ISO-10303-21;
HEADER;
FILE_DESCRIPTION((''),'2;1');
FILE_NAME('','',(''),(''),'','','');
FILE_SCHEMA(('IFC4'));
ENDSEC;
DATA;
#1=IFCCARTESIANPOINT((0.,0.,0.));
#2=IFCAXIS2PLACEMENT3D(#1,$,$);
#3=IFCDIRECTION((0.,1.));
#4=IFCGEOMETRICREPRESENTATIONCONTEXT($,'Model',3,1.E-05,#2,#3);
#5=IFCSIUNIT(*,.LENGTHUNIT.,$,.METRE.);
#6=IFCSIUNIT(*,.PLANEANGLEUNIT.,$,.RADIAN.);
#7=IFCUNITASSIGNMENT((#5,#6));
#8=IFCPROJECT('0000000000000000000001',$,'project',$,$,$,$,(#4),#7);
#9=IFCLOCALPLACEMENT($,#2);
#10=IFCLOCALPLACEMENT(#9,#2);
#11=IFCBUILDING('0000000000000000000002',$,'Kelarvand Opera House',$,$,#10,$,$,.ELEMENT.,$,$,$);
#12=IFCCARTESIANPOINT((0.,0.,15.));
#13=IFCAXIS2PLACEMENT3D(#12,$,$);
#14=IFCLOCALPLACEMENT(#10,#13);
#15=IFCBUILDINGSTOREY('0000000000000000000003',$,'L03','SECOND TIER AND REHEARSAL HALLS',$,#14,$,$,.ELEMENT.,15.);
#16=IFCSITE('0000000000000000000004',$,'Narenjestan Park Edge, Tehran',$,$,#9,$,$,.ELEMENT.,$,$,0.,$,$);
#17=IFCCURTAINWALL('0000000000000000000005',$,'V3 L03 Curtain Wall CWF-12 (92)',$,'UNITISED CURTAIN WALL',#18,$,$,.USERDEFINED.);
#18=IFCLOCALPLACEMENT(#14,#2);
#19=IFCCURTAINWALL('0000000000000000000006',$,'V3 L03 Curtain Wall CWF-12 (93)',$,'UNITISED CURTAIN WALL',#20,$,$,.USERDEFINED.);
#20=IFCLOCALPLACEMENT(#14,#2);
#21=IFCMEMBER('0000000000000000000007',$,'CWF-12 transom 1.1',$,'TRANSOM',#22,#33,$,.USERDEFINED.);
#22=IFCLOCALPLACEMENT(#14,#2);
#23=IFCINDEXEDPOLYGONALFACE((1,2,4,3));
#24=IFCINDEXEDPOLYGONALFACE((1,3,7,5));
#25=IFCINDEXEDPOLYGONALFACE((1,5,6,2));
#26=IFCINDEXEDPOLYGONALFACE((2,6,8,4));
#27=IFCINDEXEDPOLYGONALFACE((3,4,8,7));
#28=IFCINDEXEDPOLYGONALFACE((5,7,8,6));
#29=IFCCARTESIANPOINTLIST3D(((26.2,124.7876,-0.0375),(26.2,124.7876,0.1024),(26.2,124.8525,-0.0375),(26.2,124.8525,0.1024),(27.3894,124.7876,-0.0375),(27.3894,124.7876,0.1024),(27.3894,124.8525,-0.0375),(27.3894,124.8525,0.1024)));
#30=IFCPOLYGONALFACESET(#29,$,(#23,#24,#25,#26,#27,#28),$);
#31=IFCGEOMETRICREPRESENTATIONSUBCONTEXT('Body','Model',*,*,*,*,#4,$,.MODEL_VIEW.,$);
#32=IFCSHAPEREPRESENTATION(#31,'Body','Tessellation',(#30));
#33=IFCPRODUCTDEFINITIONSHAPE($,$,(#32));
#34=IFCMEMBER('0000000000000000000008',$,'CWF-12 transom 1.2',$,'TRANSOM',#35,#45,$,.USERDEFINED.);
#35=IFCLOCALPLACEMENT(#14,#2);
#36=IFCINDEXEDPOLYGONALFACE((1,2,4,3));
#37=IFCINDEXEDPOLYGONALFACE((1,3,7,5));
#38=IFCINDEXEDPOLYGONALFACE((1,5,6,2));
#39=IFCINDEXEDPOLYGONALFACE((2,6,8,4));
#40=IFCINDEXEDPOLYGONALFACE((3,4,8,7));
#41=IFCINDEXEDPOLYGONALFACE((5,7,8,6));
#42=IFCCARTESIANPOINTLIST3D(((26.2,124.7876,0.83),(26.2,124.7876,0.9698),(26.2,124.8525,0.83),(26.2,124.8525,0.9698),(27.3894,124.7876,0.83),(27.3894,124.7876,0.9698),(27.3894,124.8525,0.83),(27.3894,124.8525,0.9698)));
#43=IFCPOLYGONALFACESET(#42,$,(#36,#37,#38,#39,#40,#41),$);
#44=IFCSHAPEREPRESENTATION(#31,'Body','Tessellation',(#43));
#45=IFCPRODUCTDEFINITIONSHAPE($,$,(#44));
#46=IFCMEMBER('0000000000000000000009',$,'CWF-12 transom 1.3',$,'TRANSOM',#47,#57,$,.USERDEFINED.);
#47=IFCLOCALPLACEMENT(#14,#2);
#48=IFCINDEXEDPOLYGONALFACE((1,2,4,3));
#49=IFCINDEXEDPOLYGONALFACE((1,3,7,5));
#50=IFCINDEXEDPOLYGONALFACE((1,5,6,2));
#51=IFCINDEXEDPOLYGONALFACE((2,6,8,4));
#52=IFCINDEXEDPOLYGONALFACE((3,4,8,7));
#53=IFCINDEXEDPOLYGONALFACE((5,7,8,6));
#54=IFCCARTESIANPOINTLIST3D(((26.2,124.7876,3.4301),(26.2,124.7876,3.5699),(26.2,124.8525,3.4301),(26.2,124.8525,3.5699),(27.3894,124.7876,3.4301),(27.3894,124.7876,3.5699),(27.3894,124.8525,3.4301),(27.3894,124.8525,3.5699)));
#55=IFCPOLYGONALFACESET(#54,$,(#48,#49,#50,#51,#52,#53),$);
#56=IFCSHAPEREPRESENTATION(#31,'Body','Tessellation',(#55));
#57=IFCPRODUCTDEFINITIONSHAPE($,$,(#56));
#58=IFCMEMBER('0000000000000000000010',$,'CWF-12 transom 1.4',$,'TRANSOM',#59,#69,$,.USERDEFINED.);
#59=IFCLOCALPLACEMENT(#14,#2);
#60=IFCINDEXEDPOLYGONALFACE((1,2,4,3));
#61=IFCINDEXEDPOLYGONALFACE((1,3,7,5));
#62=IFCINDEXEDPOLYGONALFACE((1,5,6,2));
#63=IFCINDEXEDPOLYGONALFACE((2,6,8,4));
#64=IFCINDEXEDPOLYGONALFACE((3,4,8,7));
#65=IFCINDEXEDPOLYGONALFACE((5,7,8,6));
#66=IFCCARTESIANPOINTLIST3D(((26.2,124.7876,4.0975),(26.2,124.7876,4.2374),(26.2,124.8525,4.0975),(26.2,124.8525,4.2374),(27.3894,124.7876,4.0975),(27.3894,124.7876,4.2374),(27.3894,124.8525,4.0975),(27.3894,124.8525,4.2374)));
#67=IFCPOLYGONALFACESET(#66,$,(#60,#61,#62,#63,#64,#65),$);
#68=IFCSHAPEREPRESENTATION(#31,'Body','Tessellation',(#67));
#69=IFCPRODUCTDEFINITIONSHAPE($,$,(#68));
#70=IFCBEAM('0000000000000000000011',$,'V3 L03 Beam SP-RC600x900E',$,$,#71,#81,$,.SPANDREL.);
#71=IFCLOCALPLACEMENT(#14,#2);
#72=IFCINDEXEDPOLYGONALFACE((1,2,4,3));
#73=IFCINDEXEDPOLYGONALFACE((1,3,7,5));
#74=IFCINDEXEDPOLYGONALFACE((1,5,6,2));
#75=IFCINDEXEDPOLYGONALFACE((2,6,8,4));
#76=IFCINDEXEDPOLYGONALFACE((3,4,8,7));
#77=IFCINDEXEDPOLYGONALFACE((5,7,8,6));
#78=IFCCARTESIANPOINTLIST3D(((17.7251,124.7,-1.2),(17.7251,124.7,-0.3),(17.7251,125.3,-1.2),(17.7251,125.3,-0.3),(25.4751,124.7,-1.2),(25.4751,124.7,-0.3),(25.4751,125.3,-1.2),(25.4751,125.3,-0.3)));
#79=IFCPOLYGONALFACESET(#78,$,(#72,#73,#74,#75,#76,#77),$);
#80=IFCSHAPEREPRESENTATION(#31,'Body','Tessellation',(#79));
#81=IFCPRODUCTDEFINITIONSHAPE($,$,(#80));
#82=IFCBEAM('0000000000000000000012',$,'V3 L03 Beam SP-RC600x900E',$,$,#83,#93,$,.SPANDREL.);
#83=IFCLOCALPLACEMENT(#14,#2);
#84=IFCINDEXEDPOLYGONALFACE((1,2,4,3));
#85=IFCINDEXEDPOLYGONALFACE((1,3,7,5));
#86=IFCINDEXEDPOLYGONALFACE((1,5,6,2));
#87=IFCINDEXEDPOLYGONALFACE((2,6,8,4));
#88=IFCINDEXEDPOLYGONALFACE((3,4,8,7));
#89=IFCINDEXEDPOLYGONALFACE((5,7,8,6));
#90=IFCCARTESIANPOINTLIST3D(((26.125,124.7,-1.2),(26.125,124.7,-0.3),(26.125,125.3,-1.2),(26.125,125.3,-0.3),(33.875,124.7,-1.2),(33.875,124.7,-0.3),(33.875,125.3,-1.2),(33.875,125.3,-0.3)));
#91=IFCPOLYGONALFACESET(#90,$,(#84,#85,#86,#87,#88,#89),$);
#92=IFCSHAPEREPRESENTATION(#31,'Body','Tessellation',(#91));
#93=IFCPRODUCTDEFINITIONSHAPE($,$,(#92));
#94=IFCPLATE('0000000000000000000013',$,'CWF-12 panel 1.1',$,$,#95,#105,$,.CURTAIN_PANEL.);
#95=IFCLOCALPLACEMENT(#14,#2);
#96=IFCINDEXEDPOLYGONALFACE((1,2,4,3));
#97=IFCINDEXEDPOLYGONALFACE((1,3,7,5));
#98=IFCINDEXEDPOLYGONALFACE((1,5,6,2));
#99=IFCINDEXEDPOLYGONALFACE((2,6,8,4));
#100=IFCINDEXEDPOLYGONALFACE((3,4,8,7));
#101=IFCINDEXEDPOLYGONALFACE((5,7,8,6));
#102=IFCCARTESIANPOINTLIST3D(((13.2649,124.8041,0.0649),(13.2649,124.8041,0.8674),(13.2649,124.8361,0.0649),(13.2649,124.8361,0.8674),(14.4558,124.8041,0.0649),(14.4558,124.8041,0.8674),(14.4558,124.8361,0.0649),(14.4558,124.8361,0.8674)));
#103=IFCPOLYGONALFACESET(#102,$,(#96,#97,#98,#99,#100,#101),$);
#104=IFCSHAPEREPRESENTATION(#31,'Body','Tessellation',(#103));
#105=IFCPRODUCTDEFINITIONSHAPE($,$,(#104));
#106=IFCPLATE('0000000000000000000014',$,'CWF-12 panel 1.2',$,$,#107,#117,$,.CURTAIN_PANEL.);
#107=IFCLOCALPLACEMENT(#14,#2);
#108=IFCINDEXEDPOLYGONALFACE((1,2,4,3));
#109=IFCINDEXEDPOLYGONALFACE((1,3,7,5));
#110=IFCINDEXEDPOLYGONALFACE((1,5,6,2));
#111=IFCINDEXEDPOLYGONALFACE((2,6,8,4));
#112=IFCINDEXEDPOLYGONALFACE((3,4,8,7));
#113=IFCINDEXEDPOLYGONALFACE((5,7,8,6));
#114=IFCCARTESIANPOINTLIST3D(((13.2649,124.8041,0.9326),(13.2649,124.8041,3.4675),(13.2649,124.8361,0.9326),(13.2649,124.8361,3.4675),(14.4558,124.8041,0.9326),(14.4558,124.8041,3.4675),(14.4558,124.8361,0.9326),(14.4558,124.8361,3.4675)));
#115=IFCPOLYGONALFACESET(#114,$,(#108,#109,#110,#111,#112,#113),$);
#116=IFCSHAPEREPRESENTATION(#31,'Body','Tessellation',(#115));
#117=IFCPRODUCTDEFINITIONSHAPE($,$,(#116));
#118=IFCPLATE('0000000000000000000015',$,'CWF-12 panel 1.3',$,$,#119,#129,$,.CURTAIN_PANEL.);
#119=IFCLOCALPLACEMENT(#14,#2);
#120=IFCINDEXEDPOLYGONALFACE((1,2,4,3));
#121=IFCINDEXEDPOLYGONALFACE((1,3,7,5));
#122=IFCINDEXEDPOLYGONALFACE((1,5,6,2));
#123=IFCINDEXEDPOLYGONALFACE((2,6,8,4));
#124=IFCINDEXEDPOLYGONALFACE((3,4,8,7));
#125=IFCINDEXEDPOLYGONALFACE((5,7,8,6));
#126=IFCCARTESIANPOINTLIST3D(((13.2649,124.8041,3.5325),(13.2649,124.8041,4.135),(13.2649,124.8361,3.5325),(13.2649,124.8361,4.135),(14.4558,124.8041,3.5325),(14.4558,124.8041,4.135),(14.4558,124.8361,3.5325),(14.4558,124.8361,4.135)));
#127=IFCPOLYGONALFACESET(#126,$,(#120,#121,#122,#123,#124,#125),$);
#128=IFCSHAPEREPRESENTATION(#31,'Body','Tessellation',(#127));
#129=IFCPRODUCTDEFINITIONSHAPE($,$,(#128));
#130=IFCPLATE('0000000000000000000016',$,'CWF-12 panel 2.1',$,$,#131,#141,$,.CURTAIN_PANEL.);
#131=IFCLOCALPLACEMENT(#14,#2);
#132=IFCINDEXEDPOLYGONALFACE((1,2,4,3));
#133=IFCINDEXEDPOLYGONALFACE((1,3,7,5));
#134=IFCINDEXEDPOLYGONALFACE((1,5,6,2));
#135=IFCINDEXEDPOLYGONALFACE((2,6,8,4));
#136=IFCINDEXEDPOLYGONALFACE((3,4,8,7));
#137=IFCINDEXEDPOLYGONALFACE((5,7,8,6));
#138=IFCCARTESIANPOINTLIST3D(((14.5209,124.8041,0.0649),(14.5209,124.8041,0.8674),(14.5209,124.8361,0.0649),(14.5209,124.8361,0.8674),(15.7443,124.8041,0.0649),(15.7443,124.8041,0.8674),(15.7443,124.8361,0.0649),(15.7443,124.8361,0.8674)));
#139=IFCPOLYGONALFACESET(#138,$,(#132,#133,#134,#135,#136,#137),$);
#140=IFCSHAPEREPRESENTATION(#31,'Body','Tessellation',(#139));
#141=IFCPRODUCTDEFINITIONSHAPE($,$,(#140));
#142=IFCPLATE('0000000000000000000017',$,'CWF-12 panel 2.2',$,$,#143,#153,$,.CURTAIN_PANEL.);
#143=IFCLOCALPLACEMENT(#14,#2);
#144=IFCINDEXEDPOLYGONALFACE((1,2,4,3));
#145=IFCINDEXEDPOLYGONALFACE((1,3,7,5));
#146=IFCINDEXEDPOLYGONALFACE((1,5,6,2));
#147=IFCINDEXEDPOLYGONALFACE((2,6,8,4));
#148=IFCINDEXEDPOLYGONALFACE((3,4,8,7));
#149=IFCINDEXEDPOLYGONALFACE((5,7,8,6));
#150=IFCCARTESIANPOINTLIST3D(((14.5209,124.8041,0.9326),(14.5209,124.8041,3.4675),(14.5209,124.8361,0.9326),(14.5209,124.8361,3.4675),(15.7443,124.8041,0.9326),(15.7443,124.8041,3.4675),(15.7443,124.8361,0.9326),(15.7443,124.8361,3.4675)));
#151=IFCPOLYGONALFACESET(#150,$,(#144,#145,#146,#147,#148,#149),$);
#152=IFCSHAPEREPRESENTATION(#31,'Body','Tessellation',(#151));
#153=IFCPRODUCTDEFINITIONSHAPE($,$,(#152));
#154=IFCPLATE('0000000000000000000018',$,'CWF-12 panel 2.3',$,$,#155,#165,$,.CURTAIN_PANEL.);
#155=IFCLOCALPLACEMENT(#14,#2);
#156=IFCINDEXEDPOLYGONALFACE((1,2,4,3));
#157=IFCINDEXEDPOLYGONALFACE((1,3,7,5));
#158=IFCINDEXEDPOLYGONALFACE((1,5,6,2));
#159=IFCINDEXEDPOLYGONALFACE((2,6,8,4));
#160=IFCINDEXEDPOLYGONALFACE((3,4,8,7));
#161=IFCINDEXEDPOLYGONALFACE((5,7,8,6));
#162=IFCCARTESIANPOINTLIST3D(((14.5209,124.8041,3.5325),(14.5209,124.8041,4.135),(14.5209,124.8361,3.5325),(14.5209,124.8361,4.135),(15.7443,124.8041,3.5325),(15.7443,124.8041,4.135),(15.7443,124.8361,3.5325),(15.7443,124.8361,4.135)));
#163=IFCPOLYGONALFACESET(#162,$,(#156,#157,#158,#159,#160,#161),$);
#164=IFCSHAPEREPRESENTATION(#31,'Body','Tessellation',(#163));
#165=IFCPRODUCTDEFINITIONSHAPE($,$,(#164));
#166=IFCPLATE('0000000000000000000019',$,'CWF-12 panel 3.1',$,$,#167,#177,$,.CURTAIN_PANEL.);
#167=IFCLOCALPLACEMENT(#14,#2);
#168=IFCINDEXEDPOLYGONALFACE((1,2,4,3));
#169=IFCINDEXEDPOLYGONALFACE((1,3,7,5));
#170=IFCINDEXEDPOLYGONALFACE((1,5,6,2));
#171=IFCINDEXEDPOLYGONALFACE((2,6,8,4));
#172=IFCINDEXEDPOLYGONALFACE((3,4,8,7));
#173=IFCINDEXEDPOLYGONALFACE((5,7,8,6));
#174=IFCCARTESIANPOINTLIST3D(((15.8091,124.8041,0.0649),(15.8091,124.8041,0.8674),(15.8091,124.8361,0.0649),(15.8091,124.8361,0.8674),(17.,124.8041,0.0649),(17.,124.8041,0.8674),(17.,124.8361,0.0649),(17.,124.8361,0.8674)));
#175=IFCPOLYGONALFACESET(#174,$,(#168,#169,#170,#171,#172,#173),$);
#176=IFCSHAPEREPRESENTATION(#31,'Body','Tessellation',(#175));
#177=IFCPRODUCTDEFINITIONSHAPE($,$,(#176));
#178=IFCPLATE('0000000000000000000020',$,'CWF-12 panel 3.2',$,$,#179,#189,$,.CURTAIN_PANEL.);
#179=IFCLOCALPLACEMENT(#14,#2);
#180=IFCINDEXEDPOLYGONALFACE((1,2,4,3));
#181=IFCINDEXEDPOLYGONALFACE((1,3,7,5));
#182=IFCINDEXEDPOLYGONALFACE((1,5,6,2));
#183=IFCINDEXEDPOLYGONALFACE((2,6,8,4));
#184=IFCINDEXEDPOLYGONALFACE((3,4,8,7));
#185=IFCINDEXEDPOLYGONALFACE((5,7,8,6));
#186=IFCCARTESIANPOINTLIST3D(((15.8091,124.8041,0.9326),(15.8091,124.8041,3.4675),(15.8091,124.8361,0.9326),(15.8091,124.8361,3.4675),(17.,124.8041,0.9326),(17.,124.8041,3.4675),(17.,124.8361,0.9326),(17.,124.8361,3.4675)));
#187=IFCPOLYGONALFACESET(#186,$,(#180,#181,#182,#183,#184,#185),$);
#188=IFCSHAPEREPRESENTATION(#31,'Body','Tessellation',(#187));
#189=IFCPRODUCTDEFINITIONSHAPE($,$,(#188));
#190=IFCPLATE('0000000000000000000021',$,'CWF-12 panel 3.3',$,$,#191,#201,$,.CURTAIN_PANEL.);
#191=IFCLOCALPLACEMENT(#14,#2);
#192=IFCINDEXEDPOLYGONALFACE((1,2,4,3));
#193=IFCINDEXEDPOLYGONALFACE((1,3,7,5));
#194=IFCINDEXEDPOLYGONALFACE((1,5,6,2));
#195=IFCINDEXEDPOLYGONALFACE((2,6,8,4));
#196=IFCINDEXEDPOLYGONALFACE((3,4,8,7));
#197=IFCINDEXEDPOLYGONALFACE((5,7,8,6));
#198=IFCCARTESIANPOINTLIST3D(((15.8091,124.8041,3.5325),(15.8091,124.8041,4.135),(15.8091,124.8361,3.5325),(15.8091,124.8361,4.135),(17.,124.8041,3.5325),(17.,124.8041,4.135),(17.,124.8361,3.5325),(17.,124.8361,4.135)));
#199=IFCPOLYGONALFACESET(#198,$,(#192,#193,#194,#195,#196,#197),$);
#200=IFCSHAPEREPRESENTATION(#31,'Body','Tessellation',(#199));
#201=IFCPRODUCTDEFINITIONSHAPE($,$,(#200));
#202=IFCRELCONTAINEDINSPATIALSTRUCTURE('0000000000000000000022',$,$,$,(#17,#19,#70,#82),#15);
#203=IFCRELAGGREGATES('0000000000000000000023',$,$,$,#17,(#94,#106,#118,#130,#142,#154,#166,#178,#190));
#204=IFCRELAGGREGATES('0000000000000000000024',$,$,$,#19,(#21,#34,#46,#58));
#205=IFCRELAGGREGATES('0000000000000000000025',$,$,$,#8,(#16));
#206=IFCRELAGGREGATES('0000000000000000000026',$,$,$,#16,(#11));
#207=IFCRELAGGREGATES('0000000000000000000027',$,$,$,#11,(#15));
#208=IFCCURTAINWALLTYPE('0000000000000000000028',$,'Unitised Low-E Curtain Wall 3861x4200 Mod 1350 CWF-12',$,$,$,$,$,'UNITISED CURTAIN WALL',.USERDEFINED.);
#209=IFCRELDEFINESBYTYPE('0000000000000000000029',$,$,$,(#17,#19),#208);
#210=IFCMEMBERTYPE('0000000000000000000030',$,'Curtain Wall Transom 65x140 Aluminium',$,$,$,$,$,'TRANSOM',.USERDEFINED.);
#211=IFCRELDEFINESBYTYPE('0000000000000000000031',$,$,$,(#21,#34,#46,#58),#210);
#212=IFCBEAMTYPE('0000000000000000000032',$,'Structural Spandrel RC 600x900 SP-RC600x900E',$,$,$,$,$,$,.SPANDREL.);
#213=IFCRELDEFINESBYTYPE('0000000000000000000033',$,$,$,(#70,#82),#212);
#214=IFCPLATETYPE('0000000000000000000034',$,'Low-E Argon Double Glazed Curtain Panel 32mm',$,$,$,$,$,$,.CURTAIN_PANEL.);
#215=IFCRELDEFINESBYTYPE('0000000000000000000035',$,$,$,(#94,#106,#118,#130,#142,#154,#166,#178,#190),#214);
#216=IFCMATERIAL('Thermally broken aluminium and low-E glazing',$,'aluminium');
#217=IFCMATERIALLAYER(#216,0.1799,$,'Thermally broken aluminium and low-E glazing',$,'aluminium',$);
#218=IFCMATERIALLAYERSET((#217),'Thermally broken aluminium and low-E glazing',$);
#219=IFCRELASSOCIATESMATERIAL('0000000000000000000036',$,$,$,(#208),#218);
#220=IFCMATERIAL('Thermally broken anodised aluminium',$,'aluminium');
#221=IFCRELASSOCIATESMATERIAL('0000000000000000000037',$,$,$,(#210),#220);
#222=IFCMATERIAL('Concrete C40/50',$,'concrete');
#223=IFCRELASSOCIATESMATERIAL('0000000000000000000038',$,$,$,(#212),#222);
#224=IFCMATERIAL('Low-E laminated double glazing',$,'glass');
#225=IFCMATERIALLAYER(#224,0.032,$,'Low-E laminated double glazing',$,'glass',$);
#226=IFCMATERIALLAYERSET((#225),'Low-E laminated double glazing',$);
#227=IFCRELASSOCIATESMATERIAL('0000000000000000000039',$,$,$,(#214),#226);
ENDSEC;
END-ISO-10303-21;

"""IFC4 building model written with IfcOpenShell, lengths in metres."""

from ifc_helpers import new_model, si_unit, direction, frame, origin, origin_2d, place, context, subcontext, project, spatial, rectangle, extrude, material, layer, layer_set, material_profile, profile_set, type_object, element, aggregate, save


model = new_model("IFC4")

# Units and contexts
model_context = context("Model", 3, precision=1e-05, world=origin(), true_north=direction((0.0, 1.0)))
body_context = subcontext(model_context, "Body", "Model", "MODEL_VIEW")
ifc_project = project(units=[si_unit("LENGTHUNIT", "METRE"), si_unit("PLANEANGLEUNIT", "RADIAN")], contexts=[model_context])

# Site, building, storey
site_placement = place(None, origin())
site = spatial("IfcSite", under=ifc_project, at=site_placement, Name="Narenjestan Park Edge, Tehran", CompositionType="ELEMENT", RefElevation=0.0)
building_placement = place(site_placement, origin())
building = spatial("IfcBuilding", under=site, at=building_placement, Name="Kelarvand Opera House", CompositionType="ELEMENT")
storey_placement = place(building_placement, frame((0.0, 0.0, 15.0)))
storey = spatial("IfcBuildingStorey", under=building, at=storey_placement, Name="L03", Description="SECOND TIER AND REHEARSAL HALLS", CompositionType="ELEMENT", Elevation=15.0)

# Shared definitions
ifc_material_1 = material(Name="Concrete C40/50", Category="concrete")

# Curtain wall
ifc_material_2 = material(Name="Thermally broken aluminium and low-E glazing", Category="aluminium")
ifc_layer_1 = layer(ifc_material_2, 0.1799, Name="Thermally broken aluminium and low-E glazing", Category="aluminium")
ifc_layer_set_1 = layer_set([ifc_layer_1], Name="Thermally broken aluminium and low-E glazing")
curtain_wall_type = type_object("IfcCurtainWallType", Name="Unitised Low-E Curtain Wall 3861x4200 Mod 1350 CWF-12", ElementType="UNITISED CURTAIN WALL", PredefinedType="USERDEFINED", material=ifc_layer_set_1)
curtain_wall_1_placement = place(storey_placement, origin())
curtain_wall_1 = element("IfcCurtainWall", 1, at=curtain_wall_1_placement, inside=storey, type_object=curtain_wall_type, Name="V3 L03 Curtain Wall CWF-12 (92)", ObjectType="UNITISED CURTAIN WALL", PredefinedType="USERDEFINED")
ifc_material_3 = material(Name="Thermally broken anodised aluminium", Category="aluminium")

# Curtain wall
curtain_wall_2_placement = place(storey_placement, origin())
curtain_wall_2 = element("IfcCurtainWall", 2, at=curtain_wall_2_placement, inside=storey, type_object=curtain_wall_type, Name="V3 L03 Curtain Wall CWF-12 (93)", ObjectType="UNITISED CURTAIN WALL", PredefinedType="USERDEFINED")

# Members
ifc_material_profile_1 = material_profile(ifc_material_3, rectangle(XDim=0.0649, YDim=0.1399, at=origin_2d()), Name="ALU TRANSOM 65x140", Category="aluminium")
ifc_profile_set_1 = profile_set([ifc_material_profile_1], Name="Thermally broken anodised aluminium")
member_type_1 = type_object("IfcMemberType", Name="Curtain Wall Transom 65x140 Aluminium", ElementType="TRANSOM", PredefinedType="USERDEFINED", material=ifc_profile_set_1)
member_1_placement = place(storey_placement, frame((26.2, 124.8201, 0.0325), z_axis=(1.0, 0.0, 0.0), x_axis=(0.0, 1.0, 0.0)))
member_1 = element("IfcMember", 3, at=member_1_placement, type_object=member_type_1, Name="CWF-12 transom 1.1", ObjectType="TRANSOM", PredefinedType="USERDEFINED", context=body_context, shape_type="SweptSolid", body=[
    extrude(rectangle(XDim=0.0649, YDim=0.1399, at=origin_2d()), origin(), (0.0, 0.0, 1.0), 1.1895),
])
member_2_placement = place(storey_placement, frame((26.2, 124.8201, 0.8999), z_axis=(1.0, 0.0, 0.0), x_axis=(0.0, 1.0, 0.0)))
member_2 = element("IfcMember", 4, at=member_2_placement, type_object=member_type_1, Name="CWF-12 transom 1.2", ObjectType="TRANSOM", PredefinedType="USERDEFINED", context=body_context, shape_type="SweptSolid", body=[
    extrude(rectangle(XDim=0.0649, YDim=0.1399, at=origin_2d()), origin(), (0.0, 0.0, 1.0), 1.1895),
])
member_3_placement = place(storey_placement, frame((26.2, 124.8201, 3.5), z_axis=(1.0, 0.0, 0.0), x_axis=(0.0, 1.0, 0.0)))
member_3 = element("IfcMember", 5, at=member_3_placement, type_object=member_type_1, Name="CWF-12 transom 1.3", ObjectType="TRANSOM", PredefinedType="USERDEFINED", context=body_context, shape_type="SweptSolid", body=[
    extrude(rectangle(XDim=0.0649, YDim=0.1399, at=origin_2d()), origin(), (0.0, 0.0, 1.0), 1.1895),
])
member_4_placement = place(storey_placement, frame((26.2, 124.8201, 4.1675), z_axis=(1.0, 0.0, 0.0), x_axis=(0.0, 1.0, 0.0)))
member_4 = element("IfcMember", 6, at=member_4_placement, type_object=member_type_1, Name="CWF-12 transom 1.4", ObjectType="TRANSOM", PredefinedType="USERDEFINED", context=body_context, shape_type="SweptSolid", body=[
    extrude(rectangle(XDim=0.0649, YDim=0.1399, at=origin_2d()), origin(), (0.0, 0.0, 1.0), 1.1895),
])

# Beams
ifc_material_profile_2 = material_profile(ifc_material_1, rectangle(XDim=0.6001, YDim=0.8999, at=origin_2d()), Name="RC 600x900", Category="concrete")
ifc_profile_set_2 = profile_set([ifc_material_profile_2], Name="Concrete C40/50")
beam_type = type_object("IfcBeamType", Name="Structural Spandrel RC 600x900 SP-RC600x900E", PredefinedType="SPANDREL", material=ifc_profile_set_2)
for number, where, z_axis, x_axis, name in (
    (7, (17.7251, 125.0, -0.75), (1.0, 0.0, 0.0), (0.0, 1.0, 0.0), "V3 L03 Beam SP-RC600x900E"),
    (8, (26.125, 125.0, -0.75), (1.0, 0.0, 0.0), (0.0, 1.0, 0.0), "V3 L03 Beam SP-RC600x900E"),
):
    element("IfcBeam", number, at=place(storey_placement, frame(where, z_axis=z_axis, x_axis=x_axis)), inside=storey, type_object=beam_type, Name=name, PredefinedType="SPANDREL", context=body_context, shape_type="SweptSolid", body=[
        extrude(rectangle(XDim=0.6001, YDim=0.8999, at=origin_2d()), origin(), (0.0, 0.0, 1.0), 7.75),
    ])

# Plates
ifc_material_4 = material(Name="Low-E laminated double glazing", Category="glass")
ifc_layer_2 = layer(ifc_material_4, 0.032, Name="Low-E laminated double glazing", Category="glass")
ifc_layer_set_2 = layer_set([ifc_layer_2], Name="Low-E laminated double glazing")
plate_type = type_object("IfcPlateType", Name="Low-E Argon Double Glazed Curtain Panel 32mm", PredefinedType="CURTAIN_PANEL", material=ifc_layer_set_2)
plate_1_placement = place(storey_placement, frame((13.8604, 124.8201, 0.0649), z_axis=(0.0, 0.0, 1.0), x_axis=(1.0, 0.0, 0.0)))
plate_1 = element("IfcPlate", 9, at=plate_1_placement, type_object=plate_type, Name="CWF-12 panel 1.1", PredefinedType="CURTAIN_PANEL", context=body_context, shape_type="SweptSolid", body=[
    extrude(rectangle(XDim=1.1909, YDim=0.032, at=origin_2d()), origin(), (0.0, 0.0, 1.0), 0.8025),
])
plate_2_placement = place(storey_placement, frame((13.8604, 124.8201, 0.9326), z_axis=(0.0, 0.0, 1.0), x_axis=(1.0, 0.0, 0.0)))
plate_2 = element("IfcPlate", 10, at=plate_2_placement, type_object=plate_type, Name="CWF-12 panel 1.2", PredefinedType="CURTAIN_PANEL", context=body_context, shape_type="SweptSolid", body=[
    extrude(rectangle(XDim=1.1909, YDim=0.032, at=origin_2d()), origin(), (0.0, 0.0, 1.0), 2.5349),
])
plate_3_placement = place(storey_placement, frame((13.8604, 124.8201, 3.5325), z_axis=(0.0, 0.0, 1.0), x_axis=(1.0, 0.0, 0.0)))
plate_3 = element("IfcPlate", 11, at=plate_3_placement, type_object=plate_type, Name="CWF-12 panel 1.3", PredefinedType="CURTAIN_PANEL", context=body_context, shape_type="SweptSolid", body=[
    extrude(rectangle(XDim=1.1909, YDim=0.032, at=origin_2d()), origin(), (0.0, 0.0, 1.0), 0.6025),
])
plate_4_placement = place(storey_placement, frame((15.1326, 124.8201, 0.0649), z_axis=(0.0, 0.0, 1.0), x_axis=(1.0, 0.0, 0.0)))
plate_4 = element("IfcPlate", 12, at=plate_4_placement, type_object=plate_type, Name="CWF-12 panel 2.1", PredefinedType="CURTAIN_PANEL", context=body_context, shape_type="SweptSolid", body=[
    extrude(rectangle(XDim=1.2234, YDim=0.032, at=origin_2d()), origin(), (0.0, 0.0, 1.0), 0.8025),
])
plate_5_placement = place(storey_placement, frame((15.1326, 124.8201, 0.9326), z_axis=(0.0, 0.0, 1.0), x_axis=(1.0, 0.0, 0.0)))
plate_5 = element("IfcPlate", 13, at=plate_5_placement, type_object=plate_type, Name="CWF-12 panel 2.2", PredefinedType="CURTAIN_PANEL", context=body_context, shape_type="SweptSolid", body=[
    extrude(rectangle(XDim=1.2234, YDim=0.032, at=origin_2d()), origin(), (0.0, 0.0, 1.0), 2.5349),
])
plate_6_placement = place(storey_placement, frame((15.1326, 124.8201, 3.5325), z_axis=(0.0, 0.0, 1.0), x_axis=(1.0, 0.0, 0.0)))
plate_6 = element("IfcPlate", 14, at=plate_6_placement, type_object=plate_type, Name="CWF-12 panel 2.3", PredefinedType="CURTAIN_PANEL", context=body_context, shape_type="SweptSolid", body=[
    extrude(rectangle(XDim=1.2234, YDim=0.032, at=origin_2d()), origin(), (0.0, 0.0, 1.0), 0.6025),
])
plate_7_placement = place(storey_placement, frame((16.4045, 124.8201, 0.0649), z_axis=(0.0, 0.0, 1.0), x_axis=(1.0, 0.0, 0.0)))
plate_7 = element("IfcPlate", 15, at=plate_7_placement, type_object=plate_type, Name="CWF-12 panel 3.1", PredefinedType="CURTAIN_PANEL", context=body_context, shape_type="SweptSolid", body=[
    extrude(rectangle(XDim=1.1909, YDim=0.032, at=origin_2d()), origin(), (0.0, 0.0, 1.0), 0.8025),
])
plate_8_placement = place(storey_placement, frame((16.4045, 124.8201, 0.9326), z_axis=(0.0, 0.0, 1.0), x_axis=(1.0, 0.0, 0.0)))
plate_8 = element("IfcPlate", 16, at=plate_8_placement, type_object=plate_type, Name="CWF-12 panel 3.2", PredefinedType="CURTAIN_PANEL", context=body_context, shape_type="SweptSolid", body=[
    extrude(rectangle(XDim=1.1909, YDim=0.032, at=origin_2d()), origin(), (0.0, 0.0, 1.0), 2.5349),
])
plate_9_placement = place(storey_placement, frame((16.4045, 124.8201, 3.5325), z_axis=(0.0, 0.0, 1.0), x_axis=(1.0, 0.0, 0.0)))
plate_9 = element("IfcPlate", 17, at=plate_9_placement, type_object=plate_type, Name="CWF-12 panel 3.3", PredefinedType="CURTAIN_PANEL", context=body_context, shape_type="SweptSolid", body=[
    extrude(rectangle(XDim=1.1909, YDim=0.032, at=origin_2d()), origin(), (0.0, 0.0, 1.0), 0.6025),
])
aggregate(curtain_wall_1, [plate_1, plate_2, plate_3, plate_4, plate_5, plate_6, plate_7, plate_8, plate_9])
aggregate(curtain_wall_2, [member_1, member_2, member_3, member_4])

save(model, "model.ifc")
